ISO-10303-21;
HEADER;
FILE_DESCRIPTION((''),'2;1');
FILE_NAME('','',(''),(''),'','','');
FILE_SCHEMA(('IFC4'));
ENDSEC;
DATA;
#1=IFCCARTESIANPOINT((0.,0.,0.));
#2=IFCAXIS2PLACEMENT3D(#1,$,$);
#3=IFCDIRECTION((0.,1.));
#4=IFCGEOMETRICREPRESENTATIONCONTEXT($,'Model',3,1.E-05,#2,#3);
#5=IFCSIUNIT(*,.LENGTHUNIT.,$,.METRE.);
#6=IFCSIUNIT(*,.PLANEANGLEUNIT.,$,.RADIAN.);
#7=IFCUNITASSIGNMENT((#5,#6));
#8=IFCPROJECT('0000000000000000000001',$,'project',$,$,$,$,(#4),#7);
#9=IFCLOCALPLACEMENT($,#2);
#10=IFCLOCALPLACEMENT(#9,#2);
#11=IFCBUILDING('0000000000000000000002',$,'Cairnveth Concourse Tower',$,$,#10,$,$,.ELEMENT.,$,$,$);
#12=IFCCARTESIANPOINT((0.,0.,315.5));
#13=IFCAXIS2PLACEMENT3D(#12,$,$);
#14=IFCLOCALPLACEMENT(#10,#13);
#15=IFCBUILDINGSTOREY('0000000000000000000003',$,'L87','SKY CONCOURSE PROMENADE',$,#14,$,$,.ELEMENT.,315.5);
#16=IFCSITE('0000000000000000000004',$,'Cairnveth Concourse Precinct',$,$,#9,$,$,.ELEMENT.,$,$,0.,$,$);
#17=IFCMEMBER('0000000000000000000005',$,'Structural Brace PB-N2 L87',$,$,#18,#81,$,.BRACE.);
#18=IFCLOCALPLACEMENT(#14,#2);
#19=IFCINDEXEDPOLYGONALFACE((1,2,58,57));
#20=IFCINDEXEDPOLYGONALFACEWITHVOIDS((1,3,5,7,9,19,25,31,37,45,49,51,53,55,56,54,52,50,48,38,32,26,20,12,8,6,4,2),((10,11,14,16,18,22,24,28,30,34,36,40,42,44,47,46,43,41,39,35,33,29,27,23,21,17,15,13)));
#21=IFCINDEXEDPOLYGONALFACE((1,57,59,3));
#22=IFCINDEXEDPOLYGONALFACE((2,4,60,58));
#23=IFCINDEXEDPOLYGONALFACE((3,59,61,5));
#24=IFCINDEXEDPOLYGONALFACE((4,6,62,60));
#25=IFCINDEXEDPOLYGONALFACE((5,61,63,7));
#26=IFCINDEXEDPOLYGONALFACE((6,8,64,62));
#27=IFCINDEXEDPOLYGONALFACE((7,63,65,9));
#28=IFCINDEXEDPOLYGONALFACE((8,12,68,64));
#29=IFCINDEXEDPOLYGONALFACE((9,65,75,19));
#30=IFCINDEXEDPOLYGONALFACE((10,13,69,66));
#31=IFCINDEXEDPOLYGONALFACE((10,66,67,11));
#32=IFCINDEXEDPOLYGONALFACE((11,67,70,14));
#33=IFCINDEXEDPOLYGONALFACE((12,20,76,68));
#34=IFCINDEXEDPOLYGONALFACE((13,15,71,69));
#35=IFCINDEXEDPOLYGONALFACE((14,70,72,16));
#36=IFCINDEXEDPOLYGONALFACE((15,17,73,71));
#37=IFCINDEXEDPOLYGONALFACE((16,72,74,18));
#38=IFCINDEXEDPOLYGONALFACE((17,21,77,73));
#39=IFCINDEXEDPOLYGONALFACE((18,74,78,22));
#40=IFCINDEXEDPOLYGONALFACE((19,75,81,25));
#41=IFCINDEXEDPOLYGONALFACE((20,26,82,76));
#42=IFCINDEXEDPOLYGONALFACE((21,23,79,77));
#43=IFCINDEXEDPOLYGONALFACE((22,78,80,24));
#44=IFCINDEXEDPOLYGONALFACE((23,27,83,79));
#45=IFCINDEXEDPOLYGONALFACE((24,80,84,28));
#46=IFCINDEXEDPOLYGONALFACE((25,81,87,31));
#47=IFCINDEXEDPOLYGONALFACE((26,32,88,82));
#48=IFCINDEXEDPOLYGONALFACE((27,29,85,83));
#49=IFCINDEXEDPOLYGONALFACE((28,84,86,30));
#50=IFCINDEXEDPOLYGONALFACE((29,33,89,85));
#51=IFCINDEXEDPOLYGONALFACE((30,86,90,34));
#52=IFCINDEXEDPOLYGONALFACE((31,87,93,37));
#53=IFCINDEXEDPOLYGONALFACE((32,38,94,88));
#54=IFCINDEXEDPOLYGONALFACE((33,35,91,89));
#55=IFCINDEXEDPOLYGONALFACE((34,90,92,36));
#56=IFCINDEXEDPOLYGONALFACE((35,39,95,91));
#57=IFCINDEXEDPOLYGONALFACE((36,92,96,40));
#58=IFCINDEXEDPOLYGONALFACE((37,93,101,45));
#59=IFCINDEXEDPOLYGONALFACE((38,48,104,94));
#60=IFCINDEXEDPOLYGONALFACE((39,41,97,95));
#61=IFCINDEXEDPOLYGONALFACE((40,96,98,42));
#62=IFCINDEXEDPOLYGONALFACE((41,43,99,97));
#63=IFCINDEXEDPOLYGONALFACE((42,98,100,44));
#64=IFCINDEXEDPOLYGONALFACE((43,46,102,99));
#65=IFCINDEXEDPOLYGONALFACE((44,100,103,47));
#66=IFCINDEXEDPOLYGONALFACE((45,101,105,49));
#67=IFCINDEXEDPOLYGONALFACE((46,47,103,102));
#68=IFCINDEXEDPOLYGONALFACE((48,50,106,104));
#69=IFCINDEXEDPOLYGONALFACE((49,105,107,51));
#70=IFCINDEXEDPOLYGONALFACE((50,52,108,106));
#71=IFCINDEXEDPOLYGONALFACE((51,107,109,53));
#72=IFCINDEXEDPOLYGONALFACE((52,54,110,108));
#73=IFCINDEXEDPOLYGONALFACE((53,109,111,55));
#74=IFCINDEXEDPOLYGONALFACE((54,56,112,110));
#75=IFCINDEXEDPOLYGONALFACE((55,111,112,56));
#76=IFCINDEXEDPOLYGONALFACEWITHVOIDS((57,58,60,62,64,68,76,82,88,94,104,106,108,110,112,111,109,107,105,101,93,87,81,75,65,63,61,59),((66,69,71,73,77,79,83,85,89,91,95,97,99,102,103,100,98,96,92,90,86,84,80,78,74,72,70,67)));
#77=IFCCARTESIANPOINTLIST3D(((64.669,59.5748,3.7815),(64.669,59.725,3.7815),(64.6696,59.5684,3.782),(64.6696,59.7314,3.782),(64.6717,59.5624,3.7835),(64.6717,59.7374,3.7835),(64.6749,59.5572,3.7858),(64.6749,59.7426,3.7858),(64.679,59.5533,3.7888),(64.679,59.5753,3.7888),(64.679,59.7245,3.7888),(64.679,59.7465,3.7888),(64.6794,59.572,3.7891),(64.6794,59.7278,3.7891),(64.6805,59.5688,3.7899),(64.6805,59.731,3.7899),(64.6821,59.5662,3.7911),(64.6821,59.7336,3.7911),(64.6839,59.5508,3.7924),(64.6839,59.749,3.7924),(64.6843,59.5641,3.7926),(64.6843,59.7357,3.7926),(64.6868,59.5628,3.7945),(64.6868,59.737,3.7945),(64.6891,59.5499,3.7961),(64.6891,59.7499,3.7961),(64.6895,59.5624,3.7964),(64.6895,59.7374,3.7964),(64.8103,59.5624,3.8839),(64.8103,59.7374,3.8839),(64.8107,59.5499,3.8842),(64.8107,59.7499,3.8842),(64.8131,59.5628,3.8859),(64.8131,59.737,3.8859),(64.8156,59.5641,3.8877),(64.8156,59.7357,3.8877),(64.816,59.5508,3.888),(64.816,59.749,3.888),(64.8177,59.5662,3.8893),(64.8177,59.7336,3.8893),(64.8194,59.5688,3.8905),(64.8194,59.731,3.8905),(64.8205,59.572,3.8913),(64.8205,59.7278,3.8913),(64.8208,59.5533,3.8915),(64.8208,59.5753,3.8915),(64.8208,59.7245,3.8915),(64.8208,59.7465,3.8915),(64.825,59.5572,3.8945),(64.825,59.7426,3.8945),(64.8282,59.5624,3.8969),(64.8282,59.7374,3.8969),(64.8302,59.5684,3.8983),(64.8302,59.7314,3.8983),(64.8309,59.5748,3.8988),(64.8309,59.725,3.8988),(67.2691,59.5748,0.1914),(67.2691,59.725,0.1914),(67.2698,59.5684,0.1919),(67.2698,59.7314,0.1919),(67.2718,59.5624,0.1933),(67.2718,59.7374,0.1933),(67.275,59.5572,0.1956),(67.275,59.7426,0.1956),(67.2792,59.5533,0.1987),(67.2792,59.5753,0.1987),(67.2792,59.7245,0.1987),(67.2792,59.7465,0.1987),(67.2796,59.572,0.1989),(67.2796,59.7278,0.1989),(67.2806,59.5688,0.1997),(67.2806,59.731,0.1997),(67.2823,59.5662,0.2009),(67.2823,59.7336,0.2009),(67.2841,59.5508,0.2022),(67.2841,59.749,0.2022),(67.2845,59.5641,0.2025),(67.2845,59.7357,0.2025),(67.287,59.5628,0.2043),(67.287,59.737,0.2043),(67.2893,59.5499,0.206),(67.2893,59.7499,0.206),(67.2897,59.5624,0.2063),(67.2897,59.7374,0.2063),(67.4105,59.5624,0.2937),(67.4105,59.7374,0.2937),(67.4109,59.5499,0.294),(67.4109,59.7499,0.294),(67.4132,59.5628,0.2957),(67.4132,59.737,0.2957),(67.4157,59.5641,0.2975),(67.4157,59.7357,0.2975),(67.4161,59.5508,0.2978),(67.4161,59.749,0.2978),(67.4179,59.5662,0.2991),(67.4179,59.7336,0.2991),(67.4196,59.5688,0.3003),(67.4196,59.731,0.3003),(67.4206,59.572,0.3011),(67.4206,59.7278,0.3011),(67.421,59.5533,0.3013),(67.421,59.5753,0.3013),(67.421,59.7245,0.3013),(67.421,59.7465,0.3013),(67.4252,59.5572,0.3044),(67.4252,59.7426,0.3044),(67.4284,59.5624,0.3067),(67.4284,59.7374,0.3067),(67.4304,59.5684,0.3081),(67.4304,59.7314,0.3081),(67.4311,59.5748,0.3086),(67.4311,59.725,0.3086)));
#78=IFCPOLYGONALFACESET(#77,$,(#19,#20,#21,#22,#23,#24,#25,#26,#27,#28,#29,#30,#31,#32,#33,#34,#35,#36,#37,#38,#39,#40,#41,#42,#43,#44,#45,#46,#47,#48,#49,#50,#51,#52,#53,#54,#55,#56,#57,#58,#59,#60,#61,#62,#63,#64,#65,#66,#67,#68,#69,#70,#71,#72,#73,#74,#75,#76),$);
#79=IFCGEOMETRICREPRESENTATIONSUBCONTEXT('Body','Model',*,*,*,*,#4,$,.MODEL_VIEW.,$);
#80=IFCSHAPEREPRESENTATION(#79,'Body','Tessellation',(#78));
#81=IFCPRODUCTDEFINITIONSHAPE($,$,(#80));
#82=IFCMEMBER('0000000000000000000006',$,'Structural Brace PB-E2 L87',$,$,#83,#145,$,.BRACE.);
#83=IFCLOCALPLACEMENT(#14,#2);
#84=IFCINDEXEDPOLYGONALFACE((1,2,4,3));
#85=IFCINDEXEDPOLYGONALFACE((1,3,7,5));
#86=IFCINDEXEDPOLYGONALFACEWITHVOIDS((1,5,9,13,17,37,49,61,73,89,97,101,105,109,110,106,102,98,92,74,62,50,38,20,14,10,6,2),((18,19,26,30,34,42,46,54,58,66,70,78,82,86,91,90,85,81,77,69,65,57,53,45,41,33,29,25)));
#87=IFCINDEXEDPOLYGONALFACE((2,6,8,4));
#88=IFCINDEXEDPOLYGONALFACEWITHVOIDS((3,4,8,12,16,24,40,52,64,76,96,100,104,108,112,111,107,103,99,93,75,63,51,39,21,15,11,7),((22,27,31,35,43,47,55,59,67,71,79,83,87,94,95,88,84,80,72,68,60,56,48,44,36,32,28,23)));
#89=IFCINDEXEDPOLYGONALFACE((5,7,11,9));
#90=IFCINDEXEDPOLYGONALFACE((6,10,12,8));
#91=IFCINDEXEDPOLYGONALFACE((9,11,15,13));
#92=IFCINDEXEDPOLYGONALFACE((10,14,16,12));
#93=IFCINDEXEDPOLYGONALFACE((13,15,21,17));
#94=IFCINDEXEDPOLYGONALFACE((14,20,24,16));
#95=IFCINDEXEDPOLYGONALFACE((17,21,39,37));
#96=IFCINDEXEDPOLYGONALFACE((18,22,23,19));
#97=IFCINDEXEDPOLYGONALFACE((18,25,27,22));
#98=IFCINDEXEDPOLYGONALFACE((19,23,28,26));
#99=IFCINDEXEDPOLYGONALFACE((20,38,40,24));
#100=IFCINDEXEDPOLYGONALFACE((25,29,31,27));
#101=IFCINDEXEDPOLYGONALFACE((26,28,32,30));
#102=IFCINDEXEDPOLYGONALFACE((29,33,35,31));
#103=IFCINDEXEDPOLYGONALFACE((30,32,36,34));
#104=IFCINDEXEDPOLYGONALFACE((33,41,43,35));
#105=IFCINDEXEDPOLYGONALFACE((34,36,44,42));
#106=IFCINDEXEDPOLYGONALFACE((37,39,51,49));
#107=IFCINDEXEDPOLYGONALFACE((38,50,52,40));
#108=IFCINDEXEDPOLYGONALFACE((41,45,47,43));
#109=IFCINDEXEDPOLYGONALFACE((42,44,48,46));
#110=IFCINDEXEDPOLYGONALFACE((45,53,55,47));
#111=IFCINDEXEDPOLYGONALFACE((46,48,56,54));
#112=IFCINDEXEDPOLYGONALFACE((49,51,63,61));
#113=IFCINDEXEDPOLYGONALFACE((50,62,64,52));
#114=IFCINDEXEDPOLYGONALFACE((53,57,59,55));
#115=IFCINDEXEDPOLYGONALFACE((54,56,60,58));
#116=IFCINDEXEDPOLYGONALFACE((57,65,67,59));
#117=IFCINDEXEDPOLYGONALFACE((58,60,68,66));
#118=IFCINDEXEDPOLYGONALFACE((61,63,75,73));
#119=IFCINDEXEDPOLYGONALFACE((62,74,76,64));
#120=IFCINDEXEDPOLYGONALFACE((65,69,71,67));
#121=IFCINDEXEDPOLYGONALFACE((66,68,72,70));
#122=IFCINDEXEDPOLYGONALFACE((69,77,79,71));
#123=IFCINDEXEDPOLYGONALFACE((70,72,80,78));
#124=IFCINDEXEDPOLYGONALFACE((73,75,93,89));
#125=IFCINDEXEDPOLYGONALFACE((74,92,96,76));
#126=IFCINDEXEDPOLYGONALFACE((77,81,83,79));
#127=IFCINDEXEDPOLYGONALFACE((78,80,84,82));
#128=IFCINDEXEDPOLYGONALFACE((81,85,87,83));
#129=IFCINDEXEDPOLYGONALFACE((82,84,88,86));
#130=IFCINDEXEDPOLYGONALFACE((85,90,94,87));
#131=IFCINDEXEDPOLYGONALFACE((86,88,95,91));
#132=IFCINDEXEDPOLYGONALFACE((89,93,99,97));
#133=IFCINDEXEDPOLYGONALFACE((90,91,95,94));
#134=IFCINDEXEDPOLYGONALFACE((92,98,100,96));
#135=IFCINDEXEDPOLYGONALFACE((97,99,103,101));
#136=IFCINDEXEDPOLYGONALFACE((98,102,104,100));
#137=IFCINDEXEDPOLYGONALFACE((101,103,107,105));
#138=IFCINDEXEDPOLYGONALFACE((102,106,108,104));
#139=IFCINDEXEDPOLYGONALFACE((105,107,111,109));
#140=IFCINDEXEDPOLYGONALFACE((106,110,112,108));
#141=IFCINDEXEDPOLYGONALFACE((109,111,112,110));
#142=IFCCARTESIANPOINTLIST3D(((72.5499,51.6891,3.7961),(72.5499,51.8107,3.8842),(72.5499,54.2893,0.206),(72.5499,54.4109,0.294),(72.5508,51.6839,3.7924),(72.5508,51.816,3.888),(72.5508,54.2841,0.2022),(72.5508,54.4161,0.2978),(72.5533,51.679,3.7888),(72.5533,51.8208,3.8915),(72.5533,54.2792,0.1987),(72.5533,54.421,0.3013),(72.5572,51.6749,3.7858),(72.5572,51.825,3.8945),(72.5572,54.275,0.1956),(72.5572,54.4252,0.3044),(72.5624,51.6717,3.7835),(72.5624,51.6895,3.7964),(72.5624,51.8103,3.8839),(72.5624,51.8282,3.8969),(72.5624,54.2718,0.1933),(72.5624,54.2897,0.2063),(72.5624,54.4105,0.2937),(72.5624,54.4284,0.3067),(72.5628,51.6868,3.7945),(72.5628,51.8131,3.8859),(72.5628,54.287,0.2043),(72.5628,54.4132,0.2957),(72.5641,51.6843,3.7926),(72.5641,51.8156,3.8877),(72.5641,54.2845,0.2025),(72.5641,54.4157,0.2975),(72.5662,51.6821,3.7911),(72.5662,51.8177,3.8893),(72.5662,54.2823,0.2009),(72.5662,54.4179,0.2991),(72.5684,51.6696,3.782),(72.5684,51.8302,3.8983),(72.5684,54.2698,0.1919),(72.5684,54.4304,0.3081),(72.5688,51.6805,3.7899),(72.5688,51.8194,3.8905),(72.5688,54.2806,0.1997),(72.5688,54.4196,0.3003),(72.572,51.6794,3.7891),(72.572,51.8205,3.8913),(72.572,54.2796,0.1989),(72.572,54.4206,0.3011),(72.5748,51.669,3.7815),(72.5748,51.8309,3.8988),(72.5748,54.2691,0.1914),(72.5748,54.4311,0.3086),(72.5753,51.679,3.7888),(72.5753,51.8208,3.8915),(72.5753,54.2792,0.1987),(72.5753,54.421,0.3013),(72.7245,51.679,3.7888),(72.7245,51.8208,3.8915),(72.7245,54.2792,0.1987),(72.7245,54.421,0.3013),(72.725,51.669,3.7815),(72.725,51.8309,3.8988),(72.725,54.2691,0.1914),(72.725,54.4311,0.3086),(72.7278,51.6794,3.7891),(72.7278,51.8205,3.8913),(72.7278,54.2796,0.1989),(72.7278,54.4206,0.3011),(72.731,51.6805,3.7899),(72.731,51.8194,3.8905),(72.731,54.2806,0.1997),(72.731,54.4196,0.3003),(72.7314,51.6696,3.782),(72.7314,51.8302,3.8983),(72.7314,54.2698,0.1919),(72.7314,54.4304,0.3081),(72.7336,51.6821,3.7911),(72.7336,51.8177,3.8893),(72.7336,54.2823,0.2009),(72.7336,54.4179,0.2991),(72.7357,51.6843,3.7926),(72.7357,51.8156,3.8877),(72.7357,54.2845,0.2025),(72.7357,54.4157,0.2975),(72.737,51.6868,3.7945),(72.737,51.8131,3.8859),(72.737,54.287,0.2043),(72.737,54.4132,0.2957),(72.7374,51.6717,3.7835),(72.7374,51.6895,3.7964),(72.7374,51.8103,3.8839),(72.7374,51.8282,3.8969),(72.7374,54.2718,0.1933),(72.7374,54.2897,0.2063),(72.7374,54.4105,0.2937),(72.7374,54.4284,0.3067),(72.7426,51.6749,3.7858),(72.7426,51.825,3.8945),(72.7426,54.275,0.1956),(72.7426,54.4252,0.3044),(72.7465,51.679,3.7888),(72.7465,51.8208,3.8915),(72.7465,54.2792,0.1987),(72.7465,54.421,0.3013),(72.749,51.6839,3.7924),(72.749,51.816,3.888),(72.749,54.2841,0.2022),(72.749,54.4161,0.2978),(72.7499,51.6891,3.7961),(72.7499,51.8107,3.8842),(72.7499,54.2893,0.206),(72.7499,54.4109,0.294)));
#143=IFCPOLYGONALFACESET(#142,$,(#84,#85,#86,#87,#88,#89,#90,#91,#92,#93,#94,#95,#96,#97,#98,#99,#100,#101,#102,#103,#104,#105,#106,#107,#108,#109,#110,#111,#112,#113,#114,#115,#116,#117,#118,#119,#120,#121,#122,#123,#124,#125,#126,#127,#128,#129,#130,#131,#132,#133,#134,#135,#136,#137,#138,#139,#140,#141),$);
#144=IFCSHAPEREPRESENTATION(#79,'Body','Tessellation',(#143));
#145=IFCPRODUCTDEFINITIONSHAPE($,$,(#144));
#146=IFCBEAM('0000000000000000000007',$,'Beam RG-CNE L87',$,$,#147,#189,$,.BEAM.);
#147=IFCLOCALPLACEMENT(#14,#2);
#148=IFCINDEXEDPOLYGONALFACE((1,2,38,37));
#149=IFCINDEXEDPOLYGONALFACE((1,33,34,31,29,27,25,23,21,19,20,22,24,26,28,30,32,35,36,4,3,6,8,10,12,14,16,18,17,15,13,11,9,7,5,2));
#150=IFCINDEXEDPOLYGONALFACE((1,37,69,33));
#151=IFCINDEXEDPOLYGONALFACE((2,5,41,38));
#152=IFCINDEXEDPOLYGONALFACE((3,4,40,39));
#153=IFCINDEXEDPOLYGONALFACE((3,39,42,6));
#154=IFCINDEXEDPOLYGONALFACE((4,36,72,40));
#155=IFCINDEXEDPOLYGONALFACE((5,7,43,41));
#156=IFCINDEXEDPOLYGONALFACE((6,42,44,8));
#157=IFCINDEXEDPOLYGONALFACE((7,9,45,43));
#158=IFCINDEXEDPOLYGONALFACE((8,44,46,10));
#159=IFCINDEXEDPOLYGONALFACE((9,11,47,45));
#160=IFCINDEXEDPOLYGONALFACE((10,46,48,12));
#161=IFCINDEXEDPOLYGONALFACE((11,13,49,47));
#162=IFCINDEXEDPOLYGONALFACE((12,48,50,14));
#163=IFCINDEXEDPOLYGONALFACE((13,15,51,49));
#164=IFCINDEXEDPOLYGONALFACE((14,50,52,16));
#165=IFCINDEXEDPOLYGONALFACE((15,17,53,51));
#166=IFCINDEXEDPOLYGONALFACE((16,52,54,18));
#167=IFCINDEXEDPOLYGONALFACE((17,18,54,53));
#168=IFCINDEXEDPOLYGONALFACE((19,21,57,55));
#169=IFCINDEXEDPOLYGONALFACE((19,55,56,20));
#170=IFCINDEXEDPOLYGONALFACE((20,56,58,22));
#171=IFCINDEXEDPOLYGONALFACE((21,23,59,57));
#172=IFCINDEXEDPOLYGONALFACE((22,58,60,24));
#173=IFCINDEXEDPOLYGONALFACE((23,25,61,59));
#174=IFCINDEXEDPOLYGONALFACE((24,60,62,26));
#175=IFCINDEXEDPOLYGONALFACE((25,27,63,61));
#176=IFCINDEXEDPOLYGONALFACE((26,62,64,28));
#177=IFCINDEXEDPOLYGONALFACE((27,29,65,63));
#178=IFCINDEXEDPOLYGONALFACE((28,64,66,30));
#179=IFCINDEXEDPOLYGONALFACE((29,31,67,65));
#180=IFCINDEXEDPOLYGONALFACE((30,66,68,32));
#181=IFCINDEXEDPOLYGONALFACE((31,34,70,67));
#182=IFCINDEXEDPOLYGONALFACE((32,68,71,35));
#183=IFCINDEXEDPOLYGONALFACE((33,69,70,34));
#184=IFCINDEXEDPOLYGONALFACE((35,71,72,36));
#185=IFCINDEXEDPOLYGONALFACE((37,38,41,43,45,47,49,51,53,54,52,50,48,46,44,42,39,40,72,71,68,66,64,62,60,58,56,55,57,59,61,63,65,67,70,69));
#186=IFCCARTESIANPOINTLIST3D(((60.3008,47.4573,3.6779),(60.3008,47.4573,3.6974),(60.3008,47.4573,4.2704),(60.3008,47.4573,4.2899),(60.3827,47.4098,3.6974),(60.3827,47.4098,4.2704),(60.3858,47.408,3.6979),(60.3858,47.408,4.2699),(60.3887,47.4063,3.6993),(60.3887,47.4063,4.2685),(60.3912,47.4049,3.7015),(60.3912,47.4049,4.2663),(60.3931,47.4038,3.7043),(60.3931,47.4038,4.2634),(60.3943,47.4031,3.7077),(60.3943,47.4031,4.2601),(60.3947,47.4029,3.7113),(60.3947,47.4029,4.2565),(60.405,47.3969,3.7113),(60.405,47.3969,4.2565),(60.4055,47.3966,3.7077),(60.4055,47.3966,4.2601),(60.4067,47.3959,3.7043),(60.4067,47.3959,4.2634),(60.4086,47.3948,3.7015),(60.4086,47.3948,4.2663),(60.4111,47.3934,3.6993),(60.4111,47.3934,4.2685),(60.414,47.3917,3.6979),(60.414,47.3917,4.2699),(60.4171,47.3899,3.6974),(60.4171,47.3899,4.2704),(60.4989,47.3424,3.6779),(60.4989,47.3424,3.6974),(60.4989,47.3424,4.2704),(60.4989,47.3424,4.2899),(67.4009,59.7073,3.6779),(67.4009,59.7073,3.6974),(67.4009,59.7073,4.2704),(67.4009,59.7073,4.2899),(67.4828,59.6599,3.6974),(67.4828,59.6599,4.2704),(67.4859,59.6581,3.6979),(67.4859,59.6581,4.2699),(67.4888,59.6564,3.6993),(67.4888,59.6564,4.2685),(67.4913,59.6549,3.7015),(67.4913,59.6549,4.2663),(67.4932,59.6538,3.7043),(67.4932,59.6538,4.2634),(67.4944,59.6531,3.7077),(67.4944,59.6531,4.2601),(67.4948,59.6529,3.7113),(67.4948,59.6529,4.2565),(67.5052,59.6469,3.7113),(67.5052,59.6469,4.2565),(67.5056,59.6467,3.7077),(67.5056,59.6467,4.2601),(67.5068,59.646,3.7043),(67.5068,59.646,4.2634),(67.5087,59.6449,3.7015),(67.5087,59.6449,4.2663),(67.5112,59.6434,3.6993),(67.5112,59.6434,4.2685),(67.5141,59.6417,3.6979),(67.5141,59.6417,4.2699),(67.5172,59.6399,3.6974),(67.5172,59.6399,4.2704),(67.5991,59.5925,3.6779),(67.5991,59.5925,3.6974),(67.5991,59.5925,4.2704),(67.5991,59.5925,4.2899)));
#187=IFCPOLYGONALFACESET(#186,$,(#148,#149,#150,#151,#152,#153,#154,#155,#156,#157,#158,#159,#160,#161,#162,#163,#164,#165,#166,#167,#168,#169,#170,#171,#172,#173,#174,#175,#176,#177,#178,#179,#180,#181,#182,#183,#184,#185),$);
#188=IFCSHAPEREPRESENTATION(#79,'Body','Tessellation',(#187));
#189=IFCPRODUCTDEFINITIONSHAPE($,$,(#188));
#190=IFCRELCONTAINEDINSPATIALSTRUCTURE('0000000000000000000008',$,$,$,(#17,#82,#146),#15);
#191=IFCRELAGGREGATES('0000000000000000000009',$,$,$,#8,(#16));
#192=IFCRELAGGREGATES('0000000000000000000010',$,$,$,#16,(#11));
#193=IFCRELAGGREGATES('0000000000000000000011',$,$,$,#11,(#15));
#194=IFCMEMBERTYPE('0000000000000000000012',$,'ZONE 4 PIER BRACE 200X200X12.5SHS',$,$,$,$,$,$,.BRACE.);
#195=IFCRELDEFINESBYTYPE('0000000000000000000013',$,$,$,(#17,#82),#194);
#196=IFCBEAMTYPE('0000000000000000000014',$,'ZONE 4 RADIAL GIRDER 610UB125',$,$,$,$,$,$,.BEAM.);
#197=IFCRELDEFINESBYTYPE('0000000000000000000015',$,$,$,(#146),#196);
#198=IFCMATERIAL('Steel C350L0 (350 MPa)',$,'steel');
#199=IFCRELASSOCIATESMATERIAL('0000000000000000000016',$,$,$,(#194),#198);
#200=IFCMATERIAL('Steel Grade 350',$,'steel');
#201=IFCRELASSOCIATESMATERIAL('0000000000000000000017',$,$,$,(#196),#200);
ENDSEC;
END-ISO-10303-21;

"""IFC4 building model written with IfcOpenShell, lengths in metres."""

from ifc_helpers import new_model, si_unit, direction, frame, origin, origin_2d, place, context, subcontext, project, spatial, hollow_rectangle, i_section, extrude, material, material_profile, profile_set, type_object, element, save


model = new_model("IFC4")

# Units and contexts
model_context = context("Model", 3, precision=1e-05, world=origin(), true_north=direction((0.0, 1.0)))
body_context = subcontext(model_context, "Body", "Model", "MODEL_VIEW")
ifc_project = project(units=[si_unit("LENGTHUNIT", "METRE"), si_unit("PLANEANGLEUNIT", "RADIAN")], contexts=[model_context])

# Site, building, storey
site_placement = place(None, origin())
site = spatial("IfcSite", under=ifc_project, at=site_placement, Name="Cairnveth Concourse Precinct", CompositionType="ELEMENT", RefElevation=0.0)
building_placement = place(site_placement, origin())
building = spatial("IfcBuilding", under=site, at=building_placement, Name="Cairnveth Concourse Tower", CompositionType="ELEMENT")
storey_placement = place(building_placement, frame((0.0, 0.0, 315.5)))
storey = spatial("IfcBuildingStorey", under=building, at=storey_placement, Name="L87", Description="SKY CONCOURSE PROMENADE", CompositionType="ELEMENT", Elevation=315.5)

# Shared definitions
ifc_material_1 = material(Name="Steel Grade 350", Category="steel")

# Members
ifc_material_2 = material(Name="Steel C350L0 (350 MPa)", Category="steel")
ifc_material_profile_1 = material_profile(ifc_material_2, hollow_rectangle(XDim=0.2, YDim=0.2, WallThickness=0.0125, InnerFilletRadius=0.0129, OuterFilletRadius=0.0249, at=origin_2d()), Name="200x200x12.5SHS")
ifc_profile_set_1 = profile_set([ifc_material_profile_1], Name="Steel C350L0 (350 MPa)")
member_type = type_object("IfcMemberType", Name="ZONE 4 PIER BRACE 200X200X12.5SHS", PredefinedType="BRACE", material=ifc_profile_set_1)
for number, where, z_axis, x_axis, name in (
    (1, (67.3501, 59.6499, 0.25), (-0.586566, 0.0, 0.809902), (0.0, -1.0, 0.0), "Structural Brace PB-N2 L87"),
    (2, (72.6499, 54.3501, 0.25), (0.0, -0.586566, 0.809902), (1.0, 0.0, 0.0), "Structural Brace PB-E2 L87"),
):
    element("IfcMember", number, at=place(storey_placement, frame(where, z_axis=z_axis, x_axis=x_axis)), inside=storey, type_object=member_type, Name=name, PredefinedType="BRACE", context=body_context, shape_type="SweptSolid", body=[
        extrude(hollow_rectangle(XDim=0.2, YDim=0.2, WallThickness=0.0125, InnerFilletRadius=0.0129, OuterFilletRadius=0.0249, at=origin_2d()), origin(), (0.0, 0.0, 1.0), 4.4329),
    ])

# Beam
ifc_material_profile_2 = material_profile(ifc_material_1, i_section(OverallWidth=0.229, OverallDepth=0.6121, WebThickness=0.012, FlangeThickness=0.0195, FilletRadius=0.0139, at=origin_2d()), Name="610UB125")
ifc_profile_set_2 = profile_set([ifc_material_profile_2], Name="Steel Grade 350")
beam_type_1 = type_object("IfcBeamType", Name="ZONE 4 RADIAL GIRDER 610UB125", PredefinedType="BEAM", material=ifc_profile_set_2)
beam_1_placement = place(storey_placement, frame((67.5, 59.6499, 3.9839), z_axis=(-0.501459, -0.865181, 0.0), x_axis=(0.865181, -0.501459, 0.0)))
element("IfcBeam", 3, at=beam_1_placement, inside=storey, type_object=beam_type_1, Name="Beam RG-CNE L87", PredefinedType="BEAM", context=body_context, shape_type="SweptSolid", body=[
    extrude(i_section(OverallWidth=0.229, OverallDepth=0.6121, WebThickness=0.012, FlangeThickness=0.0195, FilletRadius=0.0139, at=origin_2d()), origin(), (0.0, 0.0, 1.0), 14.1589),
])

save(model, "model.ifc")
